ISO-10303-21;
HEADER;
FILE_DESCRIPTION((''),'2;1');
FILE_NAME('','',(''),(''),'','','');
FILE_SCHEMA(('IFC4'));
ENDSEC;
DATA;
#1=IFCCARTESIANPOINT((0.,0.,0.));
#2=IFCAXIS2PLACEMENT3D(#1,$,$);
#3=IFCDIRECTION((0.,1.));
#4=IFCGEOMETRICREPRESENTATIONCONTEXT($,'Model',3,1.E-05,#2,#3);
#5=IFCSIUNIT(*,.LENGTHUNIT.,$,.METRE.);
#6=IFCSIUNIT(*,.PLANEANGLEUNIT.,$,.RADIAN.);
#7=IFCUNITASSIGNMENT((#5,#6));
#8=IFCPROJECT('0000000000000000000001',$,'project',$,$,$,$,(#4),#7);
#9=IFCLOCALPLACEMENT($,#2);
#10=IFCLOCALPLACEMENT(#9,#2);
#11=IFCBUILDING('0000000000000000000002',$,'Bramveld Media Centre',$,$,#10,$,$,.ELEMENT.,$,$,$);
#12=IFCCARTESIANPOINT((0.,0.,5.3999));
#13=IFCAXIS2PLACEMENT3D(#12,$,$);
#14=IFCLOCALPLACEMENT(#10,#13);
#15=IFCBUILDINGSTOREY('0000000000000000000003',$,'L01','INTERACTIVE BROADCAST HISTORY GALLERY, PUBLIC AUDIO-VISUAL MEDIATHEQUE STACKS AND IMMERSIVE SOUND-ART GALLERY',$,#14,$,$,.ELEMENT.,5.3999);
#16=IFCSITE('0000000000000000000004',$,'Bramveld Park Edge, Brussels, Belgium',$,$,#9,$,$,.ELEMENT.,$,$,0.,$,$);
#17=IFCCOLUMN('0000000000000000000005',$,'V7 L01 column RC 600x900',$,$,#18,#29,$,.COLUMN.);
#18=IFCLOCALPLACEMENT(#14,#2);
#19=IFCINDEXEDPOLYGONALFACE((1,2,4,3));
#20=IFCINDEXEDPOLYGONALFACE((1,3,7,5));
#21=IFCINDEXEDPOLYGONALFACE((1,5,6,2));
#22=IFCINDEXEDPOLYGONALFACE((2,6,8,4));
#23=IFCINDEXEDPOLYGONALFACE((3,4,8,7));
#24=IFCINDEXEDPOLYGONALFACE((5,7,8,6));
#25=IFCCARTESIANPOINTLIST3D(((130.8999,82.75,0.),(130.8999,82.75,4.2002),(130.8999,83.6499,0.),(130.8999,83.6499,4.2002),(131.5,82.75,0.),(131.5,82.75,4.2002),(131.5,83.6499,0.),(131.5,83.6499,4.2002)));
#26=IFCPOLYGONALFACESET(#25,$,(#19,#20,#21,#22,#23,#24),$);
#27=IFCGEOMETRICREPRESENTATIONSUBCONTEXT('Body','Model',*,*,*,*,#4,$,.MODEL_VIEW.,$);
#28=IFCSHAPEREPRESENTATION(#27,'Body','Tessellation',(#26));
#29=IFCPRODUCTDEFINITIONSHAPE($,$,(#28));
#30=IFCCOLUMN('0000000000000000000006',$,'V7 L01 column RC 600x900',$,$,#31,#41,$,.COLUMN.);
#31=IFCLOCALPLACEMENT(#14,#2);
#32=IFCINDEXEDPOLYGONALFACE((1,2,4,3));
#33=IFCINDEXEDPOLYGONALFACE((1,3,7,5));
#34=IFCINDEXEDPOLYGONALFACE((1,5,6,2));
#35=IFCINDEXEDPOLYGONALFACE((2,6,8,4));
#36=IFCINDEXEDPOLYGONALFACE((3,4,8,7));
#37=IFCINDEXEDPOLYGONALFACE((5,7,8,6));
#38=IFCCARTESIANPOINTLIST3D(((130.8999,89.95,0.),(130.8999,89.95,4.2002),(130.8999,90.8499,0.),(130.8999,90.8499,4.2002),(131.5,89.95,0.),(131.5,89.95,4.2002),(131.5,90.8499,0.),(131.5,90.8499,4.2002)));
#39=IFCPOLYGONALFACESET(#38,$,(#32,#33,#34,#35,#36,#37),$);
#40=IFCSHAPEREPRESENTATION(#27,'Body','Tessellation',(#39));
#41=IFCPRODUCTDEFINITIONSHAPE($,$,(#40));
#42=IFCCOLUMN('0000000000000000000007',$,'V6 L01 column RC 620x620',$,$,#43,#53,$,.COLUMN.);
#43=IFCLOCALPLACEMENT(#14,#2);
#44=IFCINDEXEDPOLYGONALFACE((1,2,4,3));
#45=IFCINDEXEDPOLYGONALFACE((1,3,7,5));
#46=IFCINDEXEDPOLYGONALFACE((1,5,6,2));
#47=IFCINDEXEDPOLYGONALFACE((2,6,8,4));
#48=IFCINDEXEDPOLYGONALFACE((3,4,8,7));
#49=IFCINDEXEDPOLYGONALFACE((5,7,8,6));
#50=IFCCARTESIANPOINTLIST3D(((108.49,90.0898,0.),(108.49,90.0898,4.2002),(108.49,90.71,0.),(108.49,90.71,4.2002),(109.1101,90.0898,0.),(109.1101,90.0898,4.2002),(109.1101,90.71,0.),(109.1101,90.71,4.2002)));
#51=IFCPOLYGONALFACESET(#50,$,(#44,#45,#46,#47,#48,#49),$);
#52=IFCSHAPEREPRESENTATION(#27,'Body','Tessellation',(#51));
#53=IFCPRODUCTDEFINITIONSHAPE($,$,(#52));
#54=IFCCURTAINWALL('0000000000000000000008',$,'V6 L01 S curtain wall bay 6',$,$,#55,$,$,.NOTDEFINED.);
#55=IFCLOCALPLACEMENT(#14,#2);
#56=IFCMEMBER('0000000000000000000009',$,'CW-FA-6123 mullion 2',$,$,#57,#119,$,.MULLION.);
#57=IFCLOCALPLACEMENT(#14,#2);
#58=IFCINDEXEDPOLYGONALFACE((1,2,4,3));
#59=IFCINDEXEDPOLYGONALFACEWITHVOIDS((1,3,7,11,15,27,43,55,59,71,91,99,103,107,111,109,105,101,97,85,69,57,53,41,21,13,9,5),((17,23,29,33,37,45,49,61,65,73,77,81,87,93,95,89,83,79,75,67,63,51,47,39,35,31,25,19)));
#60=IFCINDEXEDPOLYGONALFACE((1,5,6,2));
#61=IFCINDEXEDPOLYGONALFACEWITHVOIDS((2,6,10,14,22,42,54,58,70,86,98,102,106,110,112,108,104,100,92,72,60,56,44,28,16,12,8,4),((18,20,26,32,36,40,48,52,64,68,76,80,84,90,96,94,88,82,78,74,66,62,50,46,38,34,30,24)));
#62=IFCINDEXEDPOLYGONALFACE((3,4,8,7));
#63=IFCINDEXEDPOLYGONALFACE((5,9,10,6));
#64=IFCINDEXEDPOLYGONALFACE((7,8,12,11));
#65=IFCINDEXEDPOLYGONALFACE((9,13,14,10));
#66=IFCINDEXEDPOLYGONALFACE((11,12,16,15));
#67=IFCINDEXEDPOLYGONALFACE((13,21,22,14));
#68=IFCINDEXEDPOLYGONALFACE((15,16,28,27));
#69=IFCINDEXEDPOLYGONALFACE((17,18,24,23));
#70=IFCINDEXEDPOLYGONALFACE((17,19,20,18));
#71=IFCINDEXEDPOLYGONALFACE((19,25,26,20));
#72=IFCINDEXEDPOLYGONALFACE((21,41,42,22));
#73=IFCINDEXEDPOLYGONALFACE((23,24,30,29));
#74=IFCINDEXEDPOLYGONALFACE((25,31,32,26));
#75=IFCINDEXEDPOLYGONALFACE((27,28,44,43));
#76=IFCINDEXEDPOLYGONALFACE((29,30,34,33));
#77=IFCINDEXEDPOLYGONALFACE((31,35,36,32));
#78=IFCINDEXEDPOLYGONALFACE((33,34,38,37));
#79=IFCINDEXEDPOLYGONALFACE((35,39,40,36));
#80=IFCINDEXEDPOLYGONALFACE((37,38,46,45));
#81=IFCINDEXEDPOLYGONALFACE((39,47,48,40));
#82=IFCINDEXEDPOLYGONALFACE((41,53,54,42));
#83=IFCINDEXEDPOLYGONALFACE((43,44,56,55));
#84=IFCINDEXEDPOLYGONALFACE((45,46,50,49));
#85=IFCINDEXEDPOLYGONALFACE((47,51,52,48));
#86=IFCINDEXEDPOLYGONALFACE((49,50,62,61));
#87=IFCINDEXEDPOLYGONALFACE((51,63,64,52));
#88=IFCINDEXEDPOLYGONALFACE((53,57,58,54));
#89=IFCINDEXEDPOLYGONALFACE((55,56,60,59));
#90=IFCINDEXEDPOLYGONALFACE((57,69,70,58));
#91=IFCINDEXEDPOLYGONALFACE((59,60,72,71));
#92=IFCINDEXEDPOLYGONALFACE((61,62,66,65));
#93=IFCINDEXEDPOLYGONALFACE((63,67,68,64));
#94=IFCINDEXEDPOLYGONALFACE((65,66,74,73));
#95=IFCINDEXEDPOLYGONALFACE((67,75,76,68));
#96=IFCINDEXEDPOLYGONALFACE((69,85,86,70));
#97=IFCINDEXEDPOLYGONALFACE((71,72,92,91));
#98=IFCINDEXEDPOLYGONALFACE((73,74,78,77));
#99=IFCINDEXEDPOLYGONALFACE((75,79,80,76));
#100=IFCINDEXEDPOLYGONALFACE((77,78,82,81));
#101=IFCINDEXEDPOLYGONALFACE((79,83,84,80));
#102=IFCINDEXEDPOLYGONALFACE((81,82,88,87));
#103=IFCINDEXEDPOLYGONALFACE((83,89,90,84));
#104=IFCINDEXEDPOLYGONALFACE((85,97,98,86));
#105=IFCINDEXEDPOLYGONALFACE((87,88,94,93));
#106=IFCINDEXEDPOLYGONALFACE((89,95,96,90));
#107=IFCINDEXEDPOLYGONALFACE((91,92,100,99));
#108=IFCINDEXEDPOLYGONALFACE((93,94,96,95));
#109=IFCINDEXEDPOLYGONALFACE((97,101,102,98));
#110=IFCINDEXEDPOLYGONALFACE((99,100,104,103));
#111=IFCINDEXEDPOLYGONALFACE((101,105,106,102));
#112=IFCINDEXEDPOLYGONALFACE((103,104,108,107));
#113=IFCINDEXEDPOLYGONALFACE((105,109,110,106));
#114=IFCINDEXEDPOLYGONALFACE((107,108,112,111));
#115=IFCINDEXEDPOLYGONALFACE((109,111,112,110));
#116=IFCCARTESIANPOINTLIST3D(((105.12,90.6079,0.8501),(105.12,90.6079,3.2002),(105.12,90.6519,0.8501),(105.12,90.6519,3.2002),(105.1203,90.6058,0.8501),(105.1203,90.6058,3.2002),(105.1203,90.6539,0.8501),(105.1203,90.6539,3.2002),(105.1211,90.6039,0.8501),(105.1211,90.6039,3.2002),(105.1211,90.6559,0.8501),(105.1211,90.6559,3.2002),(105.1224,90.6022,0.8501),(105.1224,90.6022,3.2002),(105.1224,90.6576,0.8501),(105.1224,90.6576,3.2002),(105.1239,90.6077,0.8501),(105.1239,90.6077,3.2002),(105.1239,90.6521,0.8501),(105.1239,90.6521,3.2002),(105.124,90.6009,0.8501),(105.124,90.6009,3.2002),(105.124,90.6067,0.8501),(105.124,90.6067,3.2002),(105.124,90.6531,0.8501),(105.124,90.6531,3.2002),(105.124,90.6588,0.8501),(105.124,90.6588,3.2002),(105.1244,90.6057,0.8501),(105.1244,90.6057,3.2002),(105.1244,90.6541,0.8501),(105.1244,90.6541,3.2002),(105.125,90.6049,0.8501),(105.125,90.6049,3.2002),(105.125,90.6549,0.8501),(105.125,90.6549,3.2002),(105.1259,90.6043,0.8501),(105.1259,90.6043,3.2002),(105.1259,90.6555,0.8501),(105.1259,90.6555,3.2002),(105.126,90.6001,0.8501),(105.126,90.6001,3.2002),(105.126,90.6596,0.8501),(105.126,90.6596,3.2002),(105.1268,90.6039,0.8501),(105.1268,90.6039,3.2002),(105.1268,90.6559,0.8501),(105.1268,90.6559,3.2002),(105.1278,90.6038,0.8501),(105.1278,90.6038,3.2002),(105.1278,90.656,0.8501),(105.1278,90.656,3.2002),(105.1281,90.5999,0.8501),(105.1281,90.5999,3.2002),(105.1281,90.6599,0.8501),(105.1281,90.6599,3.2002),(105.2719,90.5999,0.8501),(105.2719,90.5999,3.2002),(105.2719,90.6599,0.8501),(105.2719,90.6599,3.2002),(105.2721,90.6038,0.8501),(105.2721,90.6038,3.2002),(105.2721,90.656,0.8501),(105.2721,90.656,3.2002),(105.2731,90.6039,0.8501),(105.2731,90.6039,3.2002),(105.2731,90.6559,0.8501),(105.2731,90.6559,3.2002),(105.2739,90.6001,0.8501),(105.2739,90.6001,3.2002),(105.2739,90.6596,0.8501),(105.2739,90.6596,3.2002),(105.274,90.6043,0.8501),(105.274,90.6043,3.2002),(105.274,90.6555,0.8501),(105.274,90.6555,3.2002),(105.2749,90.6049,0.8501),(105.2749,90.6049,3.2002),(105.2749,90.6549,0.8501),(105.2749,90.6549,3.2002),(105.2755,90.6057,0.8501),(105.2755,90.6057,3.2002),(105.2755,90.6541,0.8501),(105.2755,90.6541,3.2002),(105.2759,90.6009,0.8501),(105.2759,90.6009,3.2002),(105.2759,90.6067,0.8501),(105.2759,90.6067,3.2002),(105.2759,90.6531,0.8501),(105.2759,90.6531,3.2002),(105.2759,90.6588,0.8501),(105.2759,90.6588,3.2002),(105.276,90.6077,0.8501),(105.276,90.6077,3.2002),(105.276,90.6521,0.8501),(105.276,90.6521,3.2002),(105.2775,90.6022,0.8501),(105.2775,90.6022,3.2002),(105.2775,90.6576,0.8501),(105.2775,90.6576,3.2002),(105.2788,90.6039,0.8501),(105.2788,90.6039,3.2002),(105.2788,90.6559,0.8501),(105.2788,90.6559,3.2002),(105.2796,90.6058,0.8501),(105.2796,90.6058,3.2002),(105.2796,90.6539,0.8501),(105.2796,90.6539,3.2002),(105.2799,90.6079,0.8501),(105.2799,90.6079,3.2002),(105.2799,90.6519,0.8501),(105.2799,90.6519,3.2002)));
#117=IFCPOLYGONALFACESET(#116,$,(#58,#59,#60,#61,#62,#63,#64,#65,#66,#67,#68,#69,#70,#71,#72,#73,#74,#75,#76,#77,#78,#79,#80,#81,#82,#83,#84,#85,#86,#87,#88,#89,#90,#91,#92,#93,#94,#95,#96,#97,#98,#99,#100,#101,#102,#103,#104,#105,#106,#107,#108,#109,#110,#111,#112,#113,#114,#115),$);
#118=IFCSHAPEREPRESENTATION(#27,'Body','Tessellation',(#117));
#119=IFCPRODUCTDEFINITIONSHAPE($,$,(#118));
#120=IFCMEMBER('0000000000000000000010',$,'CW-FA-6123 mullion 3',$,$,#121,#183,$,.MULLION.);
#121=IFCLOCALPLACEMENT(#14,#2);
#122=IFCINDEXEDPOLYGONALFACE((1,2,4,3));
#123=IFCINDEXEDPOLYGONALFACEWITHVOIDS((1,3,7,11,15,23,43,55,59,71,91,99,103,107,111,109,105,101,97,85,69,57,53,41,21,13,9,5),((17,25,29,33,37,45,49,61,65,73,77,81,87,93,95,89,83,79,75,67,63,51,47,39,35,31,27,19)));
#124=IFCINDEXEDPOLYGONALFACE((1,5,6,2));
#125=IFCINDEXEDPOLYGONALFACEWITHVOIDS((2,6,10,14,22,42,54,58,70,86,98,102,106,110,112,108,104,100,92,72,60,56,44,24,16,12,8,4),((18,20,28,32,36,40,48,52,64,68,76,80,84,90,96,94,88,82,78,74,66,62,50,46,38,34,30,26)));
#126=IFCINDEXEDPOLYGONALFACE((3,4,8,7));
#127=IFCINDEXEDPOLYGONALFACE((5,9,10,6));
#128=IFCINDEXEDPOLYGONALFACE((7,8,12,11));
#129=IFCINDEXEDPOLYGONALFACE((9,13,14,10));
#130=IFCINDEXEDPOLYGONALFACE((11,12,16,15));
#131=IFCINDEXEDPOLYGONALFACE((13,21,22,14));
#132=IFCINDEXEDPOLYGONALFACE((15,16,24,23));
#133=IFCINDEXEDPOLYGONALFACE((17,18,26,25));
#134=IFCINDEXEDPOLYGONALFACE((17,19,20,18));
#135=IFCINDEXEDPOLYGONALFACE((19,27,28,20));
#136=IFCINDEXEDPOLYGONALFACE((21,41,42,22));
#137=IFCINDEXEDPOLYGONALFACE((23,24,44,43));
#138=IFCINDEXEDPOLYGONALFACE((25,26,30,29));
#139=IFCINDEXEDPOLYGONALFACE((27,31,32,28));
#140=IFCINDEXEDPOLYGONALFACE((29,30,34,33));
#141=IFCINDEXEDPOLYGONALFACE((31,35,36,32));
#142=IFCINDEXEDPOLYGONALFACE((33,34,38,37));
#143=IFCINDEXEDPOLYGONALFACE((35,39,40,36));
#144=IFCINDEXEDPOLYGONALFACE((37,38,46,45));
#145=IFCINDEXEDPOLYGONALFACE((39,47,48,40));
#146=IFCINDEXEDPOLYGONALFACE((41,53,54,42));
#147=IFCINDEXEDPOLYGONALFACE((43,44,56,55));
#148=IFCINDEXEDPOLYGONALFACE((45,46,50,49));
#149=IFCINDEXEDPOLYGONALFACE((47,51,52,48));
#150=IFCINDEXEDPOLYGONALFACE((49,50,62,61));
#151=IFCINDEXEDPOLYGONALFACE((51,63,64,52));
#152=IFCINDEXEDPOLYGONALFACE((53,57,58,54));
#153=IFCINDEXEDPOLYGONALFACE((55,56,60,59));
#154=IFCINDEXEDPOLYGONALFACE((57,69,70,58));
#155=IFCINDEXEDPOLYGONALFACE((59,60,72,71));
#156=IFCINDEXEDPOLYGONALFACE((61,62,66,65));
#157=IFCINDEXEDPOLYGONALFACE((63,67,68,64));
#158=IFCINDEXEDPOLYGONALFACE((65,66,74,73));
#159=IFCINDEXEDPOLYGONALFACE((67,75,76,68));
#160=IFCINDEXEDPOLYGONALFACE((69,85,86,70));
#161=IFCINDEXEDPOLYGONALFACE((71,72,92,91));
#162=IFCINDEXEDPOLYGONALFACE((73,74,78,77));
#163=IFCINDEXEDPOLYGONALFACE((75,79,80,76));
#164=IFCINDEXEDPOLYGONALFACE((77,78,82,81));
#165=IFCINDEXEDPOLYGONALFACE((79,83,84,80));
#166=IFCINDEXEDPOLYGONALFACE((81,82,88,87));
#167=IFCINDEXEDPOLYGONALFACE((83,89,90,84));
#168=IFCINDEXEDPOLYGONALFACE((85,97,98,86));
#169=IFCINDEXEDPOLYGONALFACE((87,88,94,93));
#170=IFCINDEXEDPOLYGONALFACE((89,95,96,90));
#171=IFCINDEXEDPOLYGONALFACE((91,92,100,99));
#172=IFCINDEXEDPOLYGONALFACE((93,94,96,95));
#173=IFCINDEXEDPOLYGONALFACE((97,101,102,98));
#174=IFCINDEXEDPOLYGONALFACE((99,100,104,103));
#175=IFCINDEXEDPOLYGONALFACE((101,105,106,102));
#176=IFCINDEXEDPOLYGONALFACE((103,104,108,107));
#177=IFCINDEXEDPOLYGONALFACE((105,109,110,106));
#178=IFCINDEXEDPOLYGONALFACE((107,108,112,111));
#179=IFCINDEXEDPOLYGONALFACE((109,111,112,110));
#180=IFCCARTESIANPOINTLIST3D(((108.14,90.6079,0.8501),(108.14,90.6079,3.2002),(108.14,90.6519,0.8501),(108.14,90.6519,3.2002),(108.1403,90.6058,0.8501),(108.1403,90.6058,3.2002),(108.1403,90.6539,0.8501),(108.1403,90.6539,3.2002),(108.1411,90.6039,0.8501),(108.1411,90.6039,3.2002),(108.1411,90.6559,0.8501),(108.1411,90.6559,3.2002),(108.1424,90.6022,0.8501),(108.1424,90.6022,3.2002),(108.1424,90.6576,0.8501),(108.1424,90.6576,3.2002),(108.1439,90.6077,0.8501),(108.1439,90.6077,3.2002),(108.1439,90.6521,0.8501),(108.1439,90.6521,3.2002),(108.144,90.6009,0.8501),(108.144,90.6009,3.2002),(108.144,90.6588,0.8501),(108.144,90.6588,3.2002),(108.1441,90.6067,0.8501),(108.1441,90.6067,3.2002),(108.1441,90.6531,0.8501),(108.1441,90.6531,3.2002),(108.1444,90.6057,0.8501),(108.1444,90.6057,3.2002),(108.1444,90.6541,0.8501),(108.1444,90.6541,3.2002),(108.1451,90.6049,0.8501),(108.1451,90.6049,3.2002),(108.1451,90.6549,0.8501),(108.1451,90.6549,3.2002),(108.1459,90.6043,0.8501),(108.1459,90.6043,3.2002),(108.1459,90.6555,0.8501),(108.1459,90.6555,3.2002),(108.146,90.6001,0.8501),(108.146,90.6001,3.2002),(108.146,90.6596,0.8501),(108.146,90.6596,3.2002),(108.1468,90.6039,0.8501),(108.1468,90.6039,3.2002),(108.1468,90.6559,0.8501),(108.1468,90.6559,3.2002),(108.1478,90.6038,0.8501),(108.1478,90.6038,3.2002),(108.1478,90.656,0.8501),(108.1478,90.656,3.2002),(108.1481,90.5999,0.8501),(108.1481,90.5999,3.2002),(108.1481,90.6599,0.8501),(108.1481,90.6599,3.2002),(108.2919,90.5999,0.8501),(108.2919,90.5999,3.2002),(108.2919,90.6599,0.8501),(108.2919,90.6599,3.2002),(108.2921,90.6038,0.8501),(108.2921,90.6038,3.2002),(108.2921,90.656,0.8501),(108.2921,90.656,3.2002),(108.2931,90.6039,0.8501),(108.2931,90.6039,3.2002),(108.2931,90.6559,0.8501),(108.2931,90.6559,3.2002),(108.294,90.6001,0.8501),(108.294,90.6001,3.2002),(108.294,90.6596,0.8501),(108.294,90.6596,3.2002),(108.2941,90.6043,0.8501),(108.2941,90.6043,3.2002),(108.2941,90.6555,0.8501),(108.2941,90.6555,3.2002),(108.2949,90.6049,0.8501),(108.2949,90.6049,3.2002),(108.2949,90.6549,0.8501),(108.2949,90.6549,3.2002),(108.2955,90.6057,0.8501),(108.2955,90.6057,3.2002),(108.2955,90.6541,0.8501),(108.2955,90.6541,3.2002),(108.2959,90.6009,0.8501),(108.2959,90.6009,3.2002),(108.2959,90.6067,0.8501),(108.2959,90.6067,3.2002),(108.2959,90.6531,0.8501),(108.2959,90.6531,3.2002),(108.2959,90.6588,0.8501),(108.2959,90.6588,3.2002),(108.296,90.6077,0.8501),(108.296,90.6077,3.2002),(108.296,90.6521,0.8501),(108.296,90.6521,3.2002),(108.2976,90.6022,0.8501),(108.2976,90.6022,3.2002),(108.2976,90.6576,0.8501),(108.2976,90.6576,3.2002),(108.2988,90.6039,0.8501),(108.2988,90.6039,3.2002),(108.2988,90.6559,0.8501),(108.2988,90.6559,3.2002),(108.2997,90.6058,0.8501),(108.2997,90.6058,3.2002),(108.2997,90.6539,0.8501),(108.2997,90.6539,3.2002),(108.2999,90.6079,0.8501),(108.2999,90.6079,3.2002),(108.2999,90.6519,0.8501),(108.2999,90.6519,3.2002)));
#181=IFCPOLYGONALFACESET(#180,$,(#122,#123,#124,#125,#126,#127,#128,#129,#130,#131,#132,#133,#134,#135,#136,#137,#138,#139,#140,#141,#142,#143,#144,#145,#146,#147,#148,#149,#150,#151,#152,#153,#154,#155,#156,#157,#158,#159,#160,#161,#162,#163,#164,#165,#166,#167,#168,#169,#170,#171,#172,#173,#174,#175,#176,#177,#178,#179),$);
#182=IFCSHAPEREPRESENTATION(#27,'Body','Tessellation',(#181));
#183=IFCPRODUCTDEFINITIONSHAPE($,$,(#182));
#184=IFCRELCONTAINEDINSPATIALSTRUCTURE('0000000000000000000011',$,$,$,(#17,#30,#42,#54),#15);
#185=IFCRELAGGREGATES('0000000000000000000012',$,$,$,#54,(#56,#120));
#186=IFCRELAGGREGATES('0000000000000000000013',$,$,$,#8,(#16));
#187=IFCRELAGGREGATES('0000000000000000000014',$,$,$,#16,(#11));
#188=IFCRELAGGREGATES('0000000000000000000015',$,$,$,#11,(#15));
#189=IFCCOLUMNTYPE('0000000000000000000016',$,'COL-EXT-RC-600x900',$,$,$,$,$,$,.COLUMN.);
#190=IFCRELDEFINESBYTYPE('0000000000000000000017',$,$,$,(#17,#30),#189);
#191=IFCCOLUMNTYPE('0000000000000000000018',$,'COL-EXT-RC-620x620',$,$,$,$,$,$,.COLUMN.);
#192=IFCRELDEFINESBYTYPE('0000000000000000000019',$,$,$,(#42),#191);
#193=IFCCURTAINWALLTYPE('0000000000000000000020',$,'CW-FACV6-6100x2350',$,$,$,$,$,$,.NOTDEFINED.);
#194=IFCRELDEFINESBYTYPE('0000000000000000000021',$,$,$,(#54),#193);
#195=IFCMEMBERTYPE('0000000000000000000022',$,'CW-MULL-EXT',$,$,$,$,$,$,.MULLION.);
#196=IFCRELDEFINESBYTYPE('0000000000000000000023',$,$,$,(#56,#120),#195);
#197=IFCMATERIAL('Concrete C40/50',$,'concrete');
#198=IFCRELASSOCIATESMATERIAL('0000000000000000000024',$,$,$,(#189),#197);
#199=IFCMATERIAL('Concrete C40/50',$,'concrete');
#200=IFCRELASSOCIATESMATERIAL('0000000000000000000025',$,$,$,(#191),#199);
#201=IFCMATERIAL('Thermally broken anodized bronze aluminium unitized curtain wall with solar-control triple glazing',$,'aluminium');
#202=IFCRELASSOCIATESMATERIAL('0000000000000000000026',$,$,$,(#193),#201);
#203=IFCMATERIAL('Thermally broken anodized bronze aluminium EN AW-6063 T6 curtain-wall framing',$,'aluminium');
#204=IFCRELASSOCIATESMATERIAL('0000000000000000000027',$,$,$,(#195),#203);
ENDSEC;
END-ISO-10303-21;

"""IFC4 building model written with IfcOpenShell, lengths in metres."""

from ifc_helpers import new_model, si_unit, direction, frame, origin, origin_2d, place, context, subcontext, project, spatial, rectangle, hollow_rectangle, extrude, material, material_profile, profile_set, type_object, element, aggregate, save


model = new_model("IFC4")

# Units and contexts
model_context = context("Model", 3, precision=1e-05, world=origin(), true_north=direction((0.0, 1.0)))
body_context = subcontext(model_context, "Body", "Model", "MODEL_VIEW")
ifc_project = project(units=[si_unit("LENGTHUNIT", "METRE"), si_unit("PLANEANGLEUNIT", "RADIAN")], contexts=[model_context])

# Site, building, storey
site_placement = place(None, origin())
site = spatial("IfcSite", under=ifc_project, at=site_placement, Name="Bramveld Park Edge, Brussels, Belgium", CompositionType="ELEMENT", RefElevation=0.0)
building_placement = place(site_placement, origin())
building = spatial("IfcBuilding", under=site, at=building_placement, Name="Bramveld Media Centre", CompositionType="ELEMENT")
storey_placement = place(building_placement, frame((0.0, 0.0, 5.3999)))
storey = spatial("IfcBuildingStorey", under=building, at=storey_placement, Name="L01", Description="INTERACTIVE BROADCAST HISTORY GALLERY, PUBLIC AUDIO-VISUAL MEDIATHEQUE STACKS AND IMMERSIVE SOUND-ART GALLERY", CompositionType="ELEMENT", Elevation=5.3999)

# Columns
ifc_material_1 = material(Name="Concrete C40/50", Category="concrete")
ifc_material_profile_1 = material_profile(ifc_material_1, rectangle(XDim=0.6001, YDim=0.8999, at=origin_2d()), Name="RC 600x900")
ifc_profile_set_1 = profile_set([ifc_material_profile_1], Name="Concrete C40/50")
column_type_1 = type_object("IfcColumnType", Name="COL-EXT-RC-600x900", PredefinedType="COLUMN", material=ifc_profile_set_1)
for number, where, z_axis, x_axis, name in (
    (1, (131.2, 83.2, 0.0), (0.0, 0.0, 1.0), (1.0, 0.0, 0.0), "V7 L01 column RC 600x900"),
    (2, (131.2, 90.3999, 0.0), (0.0, 0.0, 1.0), (1.0, 0.0, 0.0), "V7 L01 column RC 600x900"),
):
    element("IfcColumn", number, at=place(storey_placement, frame(where, z_axis=z_axis, x_axis=x_axis)), inside=storey, type_object=column_type_1, Name=name, PredefinedType="COLUMN", context=body_context, shape_type="SweptSolid", body=[
        extrude(rectangle(XDim=0.6001, YDim=0.8999, at=origin_2d()), origin(), (0.0, 0.0, 1.0), 4.2002),
    ])
ifc_material_2 = material(Name="Concrete C40/50", Category="concrete")
ifc_material_profile_2 = material_profile(ifc_material_2, rectangle(XDim=0.6201, YDim=0.6201, at=origin_2d()), Name="RC 620x620")
ifc_profile_set_2 = profile_set([ifc_material_profile_2], Name="Concrete C40/50")
column_type_2 = type_object("IfcColumnType", Name="COL-EXT-RC-620x620", PredefinedType="COLUMN", material=ifc_profile_set_2)
column_placement = place(storey_placement, frame((108.8, 90.3999, 0.0), z_axis=(0.0, 0.0, 1.0), x_axis=(1.0, 0.0, 0.0)))
element("IfcColumn", 3, at=column_placement, inside=storey, type_object=column_type_2, Name="V6 L01 column RC 620x620", PredefinedType="COLUMN", context=body_context, shape_type="SweptSolid", body=[
    extrude(rectangle(XDim=0.6201, YDim=0.6201, at=origin_2d()), origin(), (0.0, 0.0, 1.0), 4.2002),
])

# Curtain wall, members
ifc_material_3 = material(Name="Thermally broken anodized bronze aluminium unitized curtain wall with solar-control triple glazing", Category="aluminium")
curtain_wall_type = type_object("IfcCurtainWallType", Name="CW-FACV6-6100x2350", PredefinedType="NOTDEFINED", material=ifc_material_3)
curtain_wall_placement = place(storey_placement, origin())
curtain_wall = element("IfcCurtainWall", 4, at=curtain_wall_placement, inside=storey, type_object=curtain_wall_type, Name="V6 L01 S curtain wall bay 6", PredefinedType="NOTDEFINED")
ifc_material_4 = material(Name="Thermally broken anodized bronze aluminium EN AW-6063 T6 curtain-wall framing", Category="aluminium")
ifc_material_profile_3 = material_profile(ifc_material_4, hollow_rectangle(XDim=0.0601, YDim=0.1599, WallThickness=0.0039, InnerFilletRadius=0.0039, OuterFilletRadius=0.0081, at=origin_2d()), Name="AL-MULL 60x160")
ifc_profile_set_3 = profile_set([ifc_material_profile_3], Name="Thermally broken anodized bronze aluminium EN AW-6063 T6 curtain-wall framing")
member_type_1 = type_object("IfcMemberType", Name="CW-MULL-EXT", PredefinedType="MULLION", material=ifc_profile_set_3)
member_1_placement = place(storey_placement, frame((105.2, 90.6299, 0.8501), z_axis=(0.0, 0.0, 1.0), x_axis=(0.0, 1.0, 0.0)))
member_1 = element("IfcMember", 5, at=member_1_placement, type_object=member_type_1, Name="CW-FA-6123 mullion 2", PredefinedType="MULLION", context=body_context, shape_type="SweptSolid", body=[
    extrude(hollow_rectangle(XDim=0.0601, YDim=0.1599, WallThickness=0.0039, InnerFilletRadius=0.0039, OuterFilletRadius=0.0081, at=origin_2d()), origin(), (0.0, 0.0, 1.0), 2.3501),
])
member_2_placement = place(storey_placement, frame((108.22, 90.6299, 0.8501), z_axis=(0.0, 0.0, 1.0), x_axis=(0.0, 1.0, 0.0)))
member_2 = element("IfcMember", 6, at=member_2_placement, type_object=member_type_1, Name="CW-FA-6123 mullion 3", PredefinedType="MULLION", context=body_context, shape_type="SweptSolid", body=[
    extrude(hollow_rectangle(XDim=0.0601, YDim=0.1599, WallThickness=0.0039, InnerFilletRadius=0.0039, OuterFilletRadius=0.0081, at=origin_2d()), origin(), (0.0, 0.0, 1.0), 2.3501),
])

aggregate(curtain_wall, [member_1, member_2])

save(model, "model.ifc")
